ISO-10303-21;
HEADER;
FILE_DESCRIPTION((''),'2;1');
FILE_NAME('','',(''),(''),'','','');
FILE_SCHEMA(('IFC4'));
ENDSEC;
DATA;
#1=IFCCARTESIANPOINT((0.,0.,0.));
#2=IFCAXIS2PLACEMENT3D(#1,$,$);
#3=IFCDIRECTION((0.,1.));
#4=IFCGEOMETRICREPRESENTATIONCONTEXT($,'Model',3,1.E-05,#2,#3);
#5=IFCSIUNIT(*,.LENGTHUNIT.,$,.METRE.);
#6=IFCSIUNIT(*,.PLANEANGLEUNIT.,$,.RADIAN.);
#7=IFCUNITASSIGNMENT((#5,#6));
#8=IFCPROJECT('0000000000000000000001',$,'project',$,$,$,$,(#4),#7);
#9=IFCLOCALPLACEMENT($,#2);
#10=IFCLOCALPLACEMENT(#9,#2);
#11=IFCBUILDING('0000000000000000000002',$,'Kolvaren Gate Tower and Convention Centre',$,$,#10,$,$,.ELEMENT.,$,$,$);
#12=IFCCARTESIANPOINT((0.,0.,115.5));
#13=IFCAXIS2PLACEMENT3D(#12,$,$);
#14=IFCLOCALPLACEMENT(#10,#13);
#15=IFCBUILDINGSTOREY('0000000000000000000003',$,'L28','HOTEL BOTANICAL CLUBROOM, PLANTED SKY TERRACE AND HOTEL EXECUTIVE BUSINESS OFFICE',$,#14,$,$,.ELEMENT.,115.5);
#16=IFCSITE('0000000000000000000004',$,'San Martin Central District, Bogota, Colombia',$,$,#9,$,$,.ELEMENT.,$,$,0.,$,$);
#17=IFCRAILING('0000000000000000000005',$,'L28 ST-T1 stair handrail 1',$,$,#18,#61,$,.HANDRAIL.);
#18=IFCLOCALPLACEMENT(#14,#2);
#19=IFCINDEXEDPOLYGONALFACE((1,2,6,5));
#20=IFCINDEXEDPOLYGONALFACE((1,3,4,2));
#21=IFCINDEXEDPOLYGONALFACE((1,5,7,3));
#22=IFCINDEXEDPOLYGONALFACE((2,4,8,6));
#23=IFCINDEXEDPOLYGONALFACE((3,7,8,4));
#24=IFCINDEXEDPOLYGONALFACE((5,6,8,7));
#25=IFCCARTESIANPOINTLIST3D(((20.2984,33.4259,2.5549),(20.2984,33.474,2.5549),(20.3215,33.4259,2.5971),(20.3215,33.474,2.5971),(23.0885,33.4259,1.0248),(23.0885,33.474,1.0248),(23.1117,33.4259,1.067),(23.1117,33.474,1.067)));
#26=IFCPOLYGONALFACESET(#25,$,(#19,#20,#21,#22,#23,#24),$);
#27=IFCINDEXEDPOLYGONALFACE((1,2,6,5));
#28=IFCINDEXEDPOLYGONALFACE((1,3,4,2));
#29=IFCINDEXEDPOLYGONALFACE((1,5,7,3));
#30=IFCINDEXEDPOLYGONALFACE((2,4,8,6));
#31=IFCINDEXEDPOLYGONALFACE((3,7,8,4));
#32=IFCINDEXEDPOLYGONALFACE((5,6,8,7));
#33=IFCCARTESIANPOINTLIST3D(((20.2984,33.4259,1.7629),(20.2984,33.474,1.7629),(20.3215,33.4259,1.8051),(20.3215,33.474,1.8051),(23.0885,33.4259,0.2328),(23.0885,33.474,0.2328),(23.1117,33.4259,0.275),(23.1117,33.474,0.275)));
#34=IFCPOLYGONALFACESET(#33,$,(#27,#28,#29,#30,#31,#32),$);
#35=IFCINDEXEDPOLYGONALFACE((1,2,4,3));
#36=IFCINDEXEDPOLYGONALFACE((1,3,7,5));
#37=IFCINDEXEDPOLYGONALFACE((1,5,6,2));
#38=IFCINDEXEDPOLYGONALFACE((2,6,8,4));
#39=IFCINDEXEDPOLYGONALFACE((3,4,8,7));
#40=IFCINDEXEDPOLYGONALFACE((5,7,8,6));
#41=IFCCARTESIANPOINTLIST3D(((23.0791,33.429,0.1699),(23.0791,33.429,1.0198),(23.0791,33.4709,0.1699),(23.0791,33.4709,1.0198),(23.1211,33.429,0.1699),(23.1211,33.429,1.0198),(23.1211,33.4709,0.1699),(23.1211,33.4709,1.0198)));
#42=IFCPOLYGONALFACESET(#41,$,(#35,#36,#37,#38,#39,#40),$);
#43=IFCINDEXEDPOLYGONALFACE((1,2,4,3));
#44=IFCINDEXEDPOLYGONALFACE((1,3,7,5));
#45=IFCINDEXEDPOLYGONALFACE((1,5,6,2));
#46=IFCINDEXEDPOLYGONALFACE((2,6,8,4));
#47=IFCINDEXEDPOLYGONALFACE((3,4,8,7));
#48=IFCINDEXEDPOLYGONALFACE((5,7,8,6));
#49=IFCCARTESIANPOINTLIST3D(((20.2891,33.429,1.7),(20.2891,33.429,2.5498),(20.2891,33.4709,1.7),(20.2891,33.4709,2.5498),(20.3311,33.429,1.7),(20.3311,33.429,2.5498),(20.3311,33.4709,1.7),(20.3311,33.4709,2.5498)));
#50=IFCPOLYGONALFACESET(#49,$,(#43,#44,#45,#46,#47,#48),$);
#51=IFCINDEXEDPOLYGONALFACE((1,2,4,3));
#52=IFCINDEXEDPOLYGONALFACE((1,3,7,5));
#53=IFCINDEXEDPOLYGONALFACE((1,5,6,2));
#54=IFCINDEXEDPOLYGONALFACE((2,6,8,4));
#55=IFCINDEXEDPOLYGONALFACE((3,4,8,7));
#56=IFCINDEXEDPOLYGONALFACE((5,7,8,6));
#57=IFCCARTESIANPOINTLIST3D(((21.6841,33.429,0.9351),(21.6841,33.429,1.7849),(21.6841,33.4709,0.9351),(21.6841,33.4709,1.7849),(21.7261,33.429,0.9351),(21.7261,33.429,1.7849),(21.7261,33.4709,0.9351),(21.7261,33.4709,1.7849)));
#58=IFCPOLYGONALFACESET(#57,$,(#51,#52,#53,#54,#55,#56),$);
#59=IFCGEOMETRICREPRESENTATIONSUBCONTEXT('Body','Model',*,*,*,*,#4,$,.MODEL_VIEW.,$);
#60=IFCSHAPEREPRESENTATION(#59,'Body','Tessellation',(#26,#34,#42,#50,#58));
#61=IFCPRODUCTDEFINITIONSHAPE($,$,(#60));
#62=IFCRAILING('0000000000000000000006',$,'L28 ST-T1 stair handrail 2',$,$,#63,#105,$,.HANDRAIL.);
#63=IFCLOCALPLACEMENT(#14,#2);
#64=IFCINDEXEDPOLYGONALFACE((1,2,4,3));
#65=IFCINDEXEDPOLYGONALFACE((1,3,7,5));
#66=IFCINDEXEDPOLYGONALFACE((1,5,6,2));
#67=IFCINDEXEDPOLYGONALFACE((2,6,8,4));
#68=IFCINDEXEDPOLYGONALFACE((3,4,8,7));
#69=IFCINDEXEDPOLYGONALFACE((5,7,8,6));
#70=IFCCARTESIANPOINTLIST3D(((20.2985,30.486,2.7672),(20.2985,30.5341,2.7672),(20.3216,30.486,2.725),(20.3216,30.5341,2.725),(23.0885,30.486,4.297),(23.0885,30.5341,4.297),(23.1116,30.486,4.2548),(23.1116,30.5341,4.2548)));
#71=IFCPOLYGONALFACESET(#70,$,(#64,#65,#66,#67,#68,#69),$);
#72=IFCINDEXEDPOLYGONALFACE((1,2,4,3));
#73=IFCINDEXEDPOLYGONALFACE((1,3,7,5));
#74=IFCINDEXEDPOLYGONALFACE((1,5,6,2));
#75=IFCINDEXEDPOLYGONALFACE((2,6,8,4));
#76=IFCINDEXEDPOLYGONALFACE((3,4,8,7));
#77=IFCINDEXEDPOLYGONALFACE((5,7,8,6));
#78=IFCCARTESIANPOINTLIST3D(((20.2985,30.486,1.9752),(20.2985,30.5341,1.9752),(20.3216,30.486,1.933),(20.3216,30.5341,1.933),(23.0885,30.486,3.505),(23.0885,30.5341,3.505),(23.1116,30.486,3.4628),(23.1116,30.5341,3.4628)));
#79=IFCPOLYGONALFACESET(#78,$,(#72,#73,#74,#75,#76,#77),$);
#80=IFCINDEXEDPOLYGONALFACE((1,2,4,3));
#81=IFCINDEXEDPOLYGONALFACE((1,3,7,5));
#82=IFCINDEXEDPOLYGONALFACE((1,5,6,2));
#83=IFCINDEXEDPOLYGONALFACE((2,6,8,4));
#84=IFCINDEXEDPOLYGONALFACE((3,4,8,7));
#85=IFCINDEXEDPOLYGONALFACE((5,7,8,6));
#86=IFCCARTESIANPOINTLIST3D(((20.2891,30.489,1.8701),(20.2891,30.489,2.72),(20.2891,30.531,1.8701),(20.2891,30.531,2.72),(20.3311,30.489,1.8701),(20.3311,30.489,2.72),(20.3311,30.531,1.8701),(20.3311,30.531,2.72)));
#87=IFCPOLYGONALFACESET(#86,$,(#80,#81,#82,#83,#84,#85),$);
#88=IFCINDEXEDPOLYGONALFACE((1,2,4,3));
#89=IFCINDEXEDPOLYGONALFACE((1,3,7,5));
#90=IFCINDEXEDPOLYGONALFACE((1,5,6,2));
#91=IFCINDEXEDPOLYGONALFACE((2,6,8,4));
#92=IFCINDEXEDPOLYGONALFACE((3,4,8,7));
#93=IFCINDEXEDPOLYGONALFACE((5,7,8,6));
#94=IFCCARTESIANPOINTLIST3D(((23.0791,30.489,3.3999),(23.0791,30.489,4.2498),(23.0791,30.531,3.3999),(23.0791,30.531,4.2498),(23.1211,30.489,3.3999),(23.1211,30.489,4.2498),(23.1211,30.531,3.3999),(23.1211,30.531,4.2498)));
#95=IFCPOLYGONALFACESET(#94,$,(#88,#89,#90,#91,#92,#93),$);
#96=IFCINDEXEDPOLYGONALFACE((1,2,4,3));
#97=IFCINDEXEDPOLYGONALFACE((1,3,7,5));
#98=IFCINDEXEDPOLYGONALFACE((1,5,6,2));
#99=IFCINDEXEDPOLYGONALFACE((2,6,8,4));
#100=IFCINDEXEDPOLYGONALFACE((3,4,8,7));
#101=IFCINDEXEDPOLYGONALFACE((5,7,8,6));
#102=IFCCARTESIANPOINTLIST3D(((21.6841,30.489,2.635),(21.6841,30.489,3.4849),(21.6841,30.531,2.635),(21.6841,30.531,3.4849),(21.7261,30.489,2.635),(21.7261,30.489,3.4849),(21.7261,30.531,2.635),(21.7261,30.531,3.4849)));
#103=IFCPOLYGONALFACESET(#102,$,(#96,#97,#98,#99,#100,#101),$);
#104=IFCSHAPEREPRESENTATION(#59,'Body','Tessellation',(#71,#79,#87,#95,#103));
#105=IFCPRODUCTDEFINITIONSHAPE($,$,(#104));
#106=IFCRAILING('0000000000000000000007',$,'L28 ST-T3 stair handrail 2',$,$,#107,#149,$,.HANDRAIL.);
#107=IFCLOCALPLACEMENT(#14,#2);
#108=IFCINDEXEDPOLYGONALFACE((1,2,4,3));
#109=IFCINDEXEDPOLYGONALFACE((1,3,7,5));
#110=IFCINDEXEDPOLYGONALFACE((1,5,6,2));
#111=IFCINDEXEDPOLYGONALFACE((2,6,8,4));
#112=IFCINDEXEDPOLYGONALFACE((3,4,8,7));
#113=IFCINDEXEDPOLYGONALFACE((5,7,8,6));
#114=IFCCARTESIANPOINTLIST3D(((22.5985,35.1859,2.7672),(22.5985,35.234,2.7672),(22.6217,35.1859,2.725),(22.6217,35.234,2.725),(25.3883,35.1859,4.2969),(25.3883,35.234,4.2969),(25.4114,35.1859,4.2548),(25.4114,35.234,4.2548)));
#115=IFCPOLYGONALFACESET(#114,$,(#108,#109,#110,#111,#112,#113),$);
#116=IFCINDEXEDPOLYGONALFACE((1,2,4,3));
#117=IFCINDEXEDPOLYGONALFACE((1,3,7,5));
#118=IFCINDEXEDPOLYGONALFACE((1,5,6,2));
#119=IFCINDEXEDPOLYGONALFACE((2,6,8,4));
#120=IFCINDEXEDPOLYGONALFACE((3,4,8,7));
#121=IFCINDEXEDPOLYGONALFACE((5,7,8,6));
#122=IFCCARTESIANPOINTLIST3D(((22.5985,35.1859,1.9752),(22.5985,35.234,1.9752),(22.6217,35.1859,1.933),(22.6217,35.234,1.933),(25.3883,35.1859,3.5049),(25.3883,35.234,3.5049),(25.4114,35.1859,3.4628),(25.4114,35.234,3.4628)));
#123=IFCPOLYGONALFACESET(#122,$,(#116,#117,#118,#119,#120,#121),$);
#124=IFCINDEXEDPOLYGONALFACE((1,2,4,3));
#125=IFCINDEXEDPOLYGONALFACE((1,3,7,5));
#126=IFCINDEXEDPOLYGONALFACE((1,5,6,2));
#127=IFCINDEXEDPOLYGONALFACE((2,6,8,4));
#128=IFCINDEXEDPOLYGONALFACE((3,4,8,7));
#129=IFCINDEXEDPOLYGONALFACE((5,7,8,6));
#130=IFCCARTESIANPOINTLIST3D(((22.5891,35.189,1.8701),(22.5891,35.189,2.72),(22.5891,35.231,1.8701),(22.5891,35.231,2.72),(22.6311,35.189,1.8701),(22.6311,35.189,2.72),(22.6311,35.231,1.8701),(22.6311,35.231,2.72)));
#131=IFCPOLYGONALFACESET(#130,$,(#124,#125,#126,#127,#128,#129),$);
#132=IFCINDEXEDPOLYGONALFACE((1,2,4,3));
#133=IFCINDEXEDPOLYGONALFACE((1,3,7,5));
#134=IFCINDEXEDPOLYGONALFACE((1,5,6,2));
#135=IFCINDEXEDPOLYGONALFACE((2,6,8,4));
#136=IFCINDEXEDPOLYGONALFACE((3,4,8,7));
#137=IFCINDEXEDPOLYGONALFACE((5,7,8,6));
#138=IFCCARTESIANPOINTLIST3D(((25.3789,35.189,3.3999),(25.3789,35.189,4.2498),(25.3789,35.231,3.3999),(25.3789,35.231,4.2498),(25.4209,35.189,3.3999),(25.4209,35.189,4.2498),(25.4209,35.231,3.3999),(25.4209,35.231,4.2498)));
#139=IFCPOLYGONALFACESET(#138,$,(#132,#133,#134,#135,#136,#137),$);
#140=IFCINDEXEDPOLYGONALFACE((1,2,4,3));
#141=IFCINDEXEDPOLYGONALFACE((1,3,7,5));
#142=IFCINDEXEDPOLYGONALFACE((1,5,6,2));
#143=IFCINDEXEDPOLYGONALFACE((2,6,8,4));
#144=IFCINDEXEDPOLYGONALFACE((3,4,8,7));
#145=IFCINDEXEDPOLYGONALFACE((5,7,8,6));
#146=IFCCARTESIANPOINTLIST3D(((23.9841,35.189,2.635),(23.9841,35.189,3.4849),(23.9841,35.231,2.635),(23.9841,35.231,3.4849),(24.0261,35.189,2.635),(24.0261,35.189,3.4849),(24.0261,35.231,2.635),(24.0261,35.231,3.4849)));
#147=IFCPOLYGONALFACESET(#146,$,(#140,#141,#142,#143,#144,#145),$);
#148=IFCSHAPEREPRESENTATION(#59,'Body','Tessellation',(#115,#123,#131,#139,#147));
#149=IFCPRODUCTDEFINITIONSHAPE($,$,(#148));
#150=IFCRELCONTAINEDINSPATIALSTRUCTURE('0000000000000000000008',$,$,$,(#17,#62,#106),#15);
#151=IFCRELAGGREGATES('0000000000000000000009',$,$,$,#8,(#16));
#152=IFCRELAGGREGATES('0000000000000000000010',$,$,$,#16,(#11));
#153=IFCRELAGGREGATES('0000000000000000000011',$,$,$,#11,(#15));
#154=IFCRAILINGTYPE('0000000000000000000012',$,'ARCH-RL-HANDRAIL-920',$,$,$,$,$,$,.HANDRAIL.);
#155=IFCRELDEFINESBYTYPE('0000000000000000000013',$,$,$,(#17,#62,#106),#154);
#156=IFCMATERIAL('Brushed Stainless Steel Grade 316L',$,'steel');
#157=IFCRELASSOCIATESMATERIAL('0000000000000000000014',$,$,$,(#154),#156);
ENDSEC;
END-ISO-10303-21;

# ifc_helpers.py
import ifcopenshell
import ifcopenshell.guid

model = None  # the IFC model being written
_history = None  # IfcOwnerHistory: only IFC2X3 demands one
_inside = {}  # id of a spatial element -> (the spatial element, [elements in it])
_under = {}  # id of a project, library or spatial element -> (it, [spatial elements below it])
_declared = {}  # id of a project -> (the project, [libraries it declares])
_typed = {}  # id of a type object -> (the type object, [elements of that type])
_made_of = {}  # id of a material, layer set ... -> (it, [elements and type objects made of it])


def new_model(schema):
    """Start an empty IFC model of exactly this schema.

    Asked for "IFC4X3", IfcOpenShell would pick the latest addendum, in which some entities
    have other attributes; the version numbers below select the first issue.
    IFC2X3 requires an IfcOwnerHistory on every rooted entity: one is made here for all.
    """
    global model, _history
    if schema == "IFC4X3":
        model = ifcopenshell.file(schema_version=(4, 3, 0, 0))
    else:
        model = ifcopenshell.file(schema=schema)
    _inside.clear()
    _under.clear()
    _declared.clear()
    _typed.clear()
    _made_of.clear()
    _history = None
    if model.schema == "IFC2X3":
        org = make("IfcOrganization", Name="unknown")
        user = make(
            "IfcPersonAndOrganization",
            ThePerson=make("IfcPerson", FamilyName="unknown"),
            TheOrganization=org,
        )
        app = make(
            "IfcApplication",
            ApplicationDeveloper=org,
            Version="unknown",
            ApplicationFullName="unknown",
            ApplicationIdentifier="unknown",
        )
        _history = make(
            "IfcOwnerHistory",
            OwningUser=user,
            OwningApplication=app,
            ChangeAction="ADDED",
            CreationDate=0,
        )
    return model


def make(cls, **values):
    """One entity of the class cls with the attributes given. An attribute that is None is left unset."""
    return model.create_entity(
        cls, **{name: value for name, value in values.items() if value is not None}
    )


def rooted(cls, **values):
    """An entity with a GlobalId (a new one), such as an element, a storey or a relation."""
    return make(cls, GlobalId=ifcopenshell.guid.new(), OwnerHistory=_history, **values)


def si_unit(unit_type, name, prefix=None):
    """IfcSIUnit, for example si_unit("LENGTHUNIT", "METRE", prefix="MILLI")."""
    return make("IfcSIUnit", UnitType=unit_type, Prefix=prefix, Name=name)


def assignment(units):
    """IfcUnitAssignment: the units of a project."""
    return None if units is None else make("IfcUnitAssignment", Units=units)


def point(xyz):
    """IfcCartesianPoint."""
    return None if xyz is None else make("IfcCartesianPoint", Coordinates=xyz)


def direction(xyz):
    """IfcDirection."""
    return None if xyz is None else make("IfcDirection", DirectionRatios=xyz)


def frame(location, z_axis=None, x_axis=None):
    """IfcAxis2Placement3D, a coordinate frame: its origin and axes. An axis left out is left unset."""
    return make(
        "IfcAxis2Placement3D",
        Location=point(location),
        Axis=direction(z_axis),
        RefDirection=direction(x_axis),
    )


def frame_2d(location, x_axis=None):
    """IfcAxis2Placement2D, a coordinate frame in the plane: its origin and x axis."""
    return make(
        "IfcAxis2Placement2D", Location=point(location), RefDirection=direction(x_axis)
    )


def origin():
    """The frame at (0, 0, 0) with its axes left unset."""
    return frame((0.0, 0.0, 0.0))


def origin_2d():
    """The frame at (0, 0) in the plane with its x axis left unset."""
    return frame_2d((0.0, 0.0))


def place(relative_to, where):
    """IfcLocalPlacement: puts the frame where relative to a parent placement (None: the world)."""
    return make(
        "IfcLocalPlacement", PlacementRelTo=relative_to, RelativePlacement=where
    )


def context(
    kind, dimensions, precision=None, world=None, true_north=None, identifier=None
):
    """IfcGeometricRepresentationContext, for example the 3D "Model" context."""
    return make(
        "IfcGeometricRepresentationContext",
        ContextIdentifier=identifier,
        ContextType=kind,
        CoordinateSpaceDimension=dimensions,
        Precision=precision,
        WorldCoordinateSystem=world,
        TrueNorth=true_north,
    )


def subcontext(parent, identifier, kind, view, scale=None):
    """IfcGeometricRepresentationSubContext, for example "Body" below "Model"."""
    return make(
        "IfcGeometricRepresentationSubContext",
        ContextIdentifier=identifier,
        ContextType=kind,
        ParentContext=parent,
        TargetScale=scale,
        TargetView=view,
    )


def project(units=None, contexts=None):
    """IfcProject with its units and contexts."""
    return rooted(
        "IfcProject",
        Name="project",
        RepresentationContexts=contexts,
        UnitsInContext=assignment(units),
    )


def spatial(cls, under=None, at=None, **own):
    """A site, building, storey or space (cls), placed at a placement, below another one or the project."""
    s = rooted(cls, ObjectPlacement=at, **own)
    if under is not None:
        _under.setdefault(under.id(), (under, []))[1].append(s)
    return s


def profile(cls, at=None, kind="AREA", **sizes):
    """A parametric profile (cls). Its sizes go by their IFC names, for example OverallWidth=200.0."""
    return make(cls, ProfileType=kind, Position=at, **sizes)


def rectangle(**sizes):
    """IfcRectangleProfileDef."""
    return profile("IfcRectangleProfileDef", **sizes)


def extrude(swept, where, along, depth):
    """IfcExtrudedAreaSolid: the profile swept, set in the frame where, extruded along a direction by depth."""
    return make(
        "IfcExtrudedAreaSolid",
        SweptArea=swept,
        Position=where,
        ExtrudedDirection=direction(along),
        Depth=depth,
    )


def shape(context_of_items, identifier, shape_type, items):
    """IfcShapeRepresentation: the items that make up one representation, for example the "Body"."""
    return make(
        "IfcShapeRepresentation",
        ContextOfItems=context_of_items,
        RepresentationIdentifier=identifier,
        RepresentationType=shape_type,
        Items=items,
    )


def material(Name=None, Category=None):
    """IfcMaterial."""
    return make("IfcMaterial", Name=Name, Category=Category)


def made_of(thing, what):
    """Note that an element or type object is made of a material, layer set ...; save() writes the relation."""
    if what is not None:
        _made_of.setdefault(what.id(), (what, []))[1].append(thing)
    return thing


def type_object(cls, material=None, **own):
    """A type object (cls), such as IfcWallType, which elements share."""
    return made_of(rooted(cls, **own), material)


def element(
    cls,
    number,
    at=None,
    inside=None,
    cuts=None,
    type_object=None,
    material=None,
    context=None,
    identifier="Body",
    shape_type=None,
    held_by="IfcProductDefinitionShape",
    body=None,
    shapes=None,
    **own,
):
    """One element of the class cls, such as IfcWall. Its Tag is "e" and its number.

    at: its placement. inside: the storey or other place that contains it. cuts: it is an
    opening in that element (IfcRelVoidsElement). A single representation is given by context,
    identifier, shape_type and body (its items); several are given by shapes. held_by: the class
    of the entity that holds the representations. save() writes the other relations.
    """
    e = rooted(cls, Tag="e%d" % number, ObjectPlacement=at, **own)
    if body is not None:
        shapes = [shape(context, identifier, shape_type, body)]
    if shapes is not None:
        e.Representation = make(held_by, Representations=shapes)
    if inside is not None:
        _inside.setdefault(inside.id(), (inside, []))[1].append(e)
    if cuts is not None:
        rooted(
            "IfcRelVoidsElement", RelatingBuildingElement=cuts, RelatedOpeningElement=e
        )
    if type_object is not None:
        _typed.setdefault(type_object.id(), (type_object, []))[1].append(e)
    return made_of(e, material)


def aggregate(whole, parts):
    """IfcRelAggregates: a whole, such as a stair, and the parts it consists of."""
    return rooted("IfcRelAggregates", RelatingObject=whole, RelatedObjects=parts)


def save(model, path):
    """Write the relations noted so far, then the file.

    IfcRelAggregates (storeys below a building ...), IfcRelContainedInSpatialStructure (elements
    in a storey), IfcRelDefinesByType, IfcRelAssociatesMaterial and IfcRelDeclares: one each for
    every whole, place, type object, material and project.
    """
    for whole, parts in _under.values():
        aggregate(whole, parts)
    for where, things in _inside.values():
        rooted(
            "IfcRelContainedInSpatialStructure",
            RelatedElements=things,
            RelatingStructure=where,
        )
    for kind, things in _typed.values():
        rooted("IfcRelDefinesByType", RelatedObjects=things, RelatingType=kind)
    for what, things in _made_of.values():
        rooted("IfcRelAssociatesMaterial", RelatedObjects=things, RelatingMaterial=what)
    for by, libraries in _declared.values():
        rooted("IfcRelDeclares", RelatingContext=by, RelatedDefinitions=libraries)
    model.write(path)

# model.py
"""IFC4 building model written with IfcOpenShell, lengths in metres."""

from ifc_helpers import new_model, si_unit, direction, frame, origin, origin_2d, place, context, subcontext, project, spatial, rectangle, extrude, material, type_object, element, save


model = new_model("IFC4")

# Units and contexts
model_context = context("Model", 3, precision=1e-05, world=origin(), true_north=direction((0.0, 1.0)))
body_context = subcontext(model_context, "Body", "Model", "MODEL_VIEW")
ifc_project = project(units=[si_unit("LENGTHUNIT", "METRE"), si_unit("PLANEANGLEUNIT", "RADIAN")], contexts=[model_context])

# Site, building, storey
site_placement = place(None, origin())
site = spatial("IfcSite", under=ifc_project, at=site_placement, Name="San Martin Central District, Bogota, Colombia", CompositionType="ELEMENT", RefElevation=0.0)
building_placement = place(site_placement, origin())
building = spatial("IfcBuilding", under=site, at=building_placement, Name="Kolvaren Gate Tower and Convention Centre", CompositionType="ELEMENT")
storey_placement = place(building_placement, frame((0.0, 0.0, 115.5)))
storey = spatial("IfcBuildingStorey", under=building, at=storey_placement, Name="L28", Description="HOTEL BOTANICAL CLUBROOM, PLANTED SKY TERRACE AND HOTEL EXECUTIVE BUSINESS OFFICE", CompositionType="ELEMENT", Elevation=115.5)

# Shared definitions
ifc_material_1 = material(Name="Brushed Stainless Steel Grade 316L", Category="steel")

# Railings
railing_type_1 = type_object("IfcRailingType", Name="ARCH-RL-HANDRAIL-920", PredefinedType="HANDRAIL", material=ifc_material_1)
railing_1_placement = place(storey_placement, frame((23.1001, 33.45, 0.1699)))
element("IfcRailing", 1, at=railing_1_placement, inside=storey, type_object=railing_type_1, Name="L28 ST-T1 stair handrail 1", PredefinedType="HANDRAIL", context=body_context, shape_type="SweptSolid", body=[
    extrude(rectangle(XDim=0.0481, YDim=0.0481, at=origin_2d()), frame((0.0, 0.0, 0.876), z_axis=(-0.876811, 0.0, 0.480835), x_axis=(0.0, -1.0, 0.0)), (0.0, 0.0, 1.0), 3.1821),
    extrude(rectangle(XDim=0.0481, YDim=0.0481, at=origin_2d()), frame((0.0, 0.0, 0.084), z_axis=(-0.876811, 0.0, 0.480835), x_axis=(0.0, -1.0, 0.0)), (0.0, 0.0, 1.0), 3.1821),
    extrude(rectangle(XDim=0.042, YDim=0.042, at=origin_2d()), origin(), (0.0, 0.0, 1.0), 0.8499),
    extrude(rectangle(XDim=0.042, YDim=0.042, at=origin_2d()), frame((-2.79, 0.0, 1.53)), (0.0, 0.0, 1.0), 0.8499),
    extrude(rectangle(XDim=0.042, YDim=0.042, at=origin_2d()), frame((-1.395, 0.0, 0.7651)), (0.0, 0.0, 1.0), 0.8499),
])
railing_2_placement = place(storey_placement, frame((20.3101, 30.51, 1.8701)))
element("IfcRailing", 2, at=railing_2_placement, inside=storey, type_object=railing_type_1, Name="L28 ST-T1 stair handrail 2", PredefinedType="HANDRAIL", context=body_context, shape_type="SweptSolid", body=[
    extrude(rectangle(XDim=0.0481, YDim=0.0481, at=origin_2d()), frame((0.0, 0.0, 0.876), z_axis=(0.876844, 0.0, 0.480776), x_axis=(0.0, 1.0, 0.0)), (0.0, 0.0, 1.0), 3.1819),
    extrude(rectangle(XDim=0.0481, YDim=0.0481, at=origin_2d()), frame((0.0, 0.0, 0.084), z_axis=(0.876844, 0.0, 0.480776), x_axis=(0.0, 1.0, 0.0)), (0.0, 0.0, 1.0), 3.1819),
    extrude(rectangle(XDim=0.042, YDim=0.042, at=origin_2d()), origin(), (0.0, 0.0, 1.0), 0.8499),
    extrude(rectangle(XDim=0.042, YDim=0.042, at=origin_2d()), frame((2.79, 0.0, 1.5298)), (0.0, 0.0, 1.0), 0.8499),
    extrude(rectangle(XDim=0.042, YDim=0.042, at=origin_2d()), frame((1.395, 0.0, 0.7649)), (0.0, 0.0, 1.0), 0.8499),
])
railing_3_placement = place(storey_placement, frame((22.6101, 35.21, 1.8701)))
element("IfcRailing", 3, at=railing_3_placement, inside=storey, type_object=railing_type_1, Name="L28 ST-T3 stair handrail 2", PredefinedType="HANDRAIL", context=body_context, shape_type="SweptSolid", body=[
    extrude(rectangle(XDim=0.0481, YDim=0.0481, at=origin_2d()), frame((0.0, 0.0, 0.876), z_axis=(0.876826, 0.0, 0.480808), x_axis=(0.0, 1.0, 0.0)), (0.0, 0.0, 1.0), 3.1816),
    extrude(rectangle(XDim=0.0481, YDim=0.0481, at=origin_2d()), frame((0.0, 0.0, 0.084), z_axis=(0.876826, 0.0, 0.480808), x_axis=(0.0, 1.0, 0.0)), (0.0, 0.0, 1.0), 3.1816),
    extrude(rectangle(XDim=0.042, YDim=0.042, at=origin_2d()), origin(), (0.0, 0.0, 1.0), 0.8499),
    extrude(rectangle(XDim=0.042, YDim=0.042, at=origin_2d()), frame((2.7898, 0.0, 1.5298)), (0.0, 0.0, 1.0), 0.8499),
    extrude(rectangle(XDim=0.042, YDim=0.042, at=origin_2d()), frame((1.395, 0.0, 0.7649)), (0.0, 0.0, 1.0), 0.8499),
])

save(model, "model.ifc")
